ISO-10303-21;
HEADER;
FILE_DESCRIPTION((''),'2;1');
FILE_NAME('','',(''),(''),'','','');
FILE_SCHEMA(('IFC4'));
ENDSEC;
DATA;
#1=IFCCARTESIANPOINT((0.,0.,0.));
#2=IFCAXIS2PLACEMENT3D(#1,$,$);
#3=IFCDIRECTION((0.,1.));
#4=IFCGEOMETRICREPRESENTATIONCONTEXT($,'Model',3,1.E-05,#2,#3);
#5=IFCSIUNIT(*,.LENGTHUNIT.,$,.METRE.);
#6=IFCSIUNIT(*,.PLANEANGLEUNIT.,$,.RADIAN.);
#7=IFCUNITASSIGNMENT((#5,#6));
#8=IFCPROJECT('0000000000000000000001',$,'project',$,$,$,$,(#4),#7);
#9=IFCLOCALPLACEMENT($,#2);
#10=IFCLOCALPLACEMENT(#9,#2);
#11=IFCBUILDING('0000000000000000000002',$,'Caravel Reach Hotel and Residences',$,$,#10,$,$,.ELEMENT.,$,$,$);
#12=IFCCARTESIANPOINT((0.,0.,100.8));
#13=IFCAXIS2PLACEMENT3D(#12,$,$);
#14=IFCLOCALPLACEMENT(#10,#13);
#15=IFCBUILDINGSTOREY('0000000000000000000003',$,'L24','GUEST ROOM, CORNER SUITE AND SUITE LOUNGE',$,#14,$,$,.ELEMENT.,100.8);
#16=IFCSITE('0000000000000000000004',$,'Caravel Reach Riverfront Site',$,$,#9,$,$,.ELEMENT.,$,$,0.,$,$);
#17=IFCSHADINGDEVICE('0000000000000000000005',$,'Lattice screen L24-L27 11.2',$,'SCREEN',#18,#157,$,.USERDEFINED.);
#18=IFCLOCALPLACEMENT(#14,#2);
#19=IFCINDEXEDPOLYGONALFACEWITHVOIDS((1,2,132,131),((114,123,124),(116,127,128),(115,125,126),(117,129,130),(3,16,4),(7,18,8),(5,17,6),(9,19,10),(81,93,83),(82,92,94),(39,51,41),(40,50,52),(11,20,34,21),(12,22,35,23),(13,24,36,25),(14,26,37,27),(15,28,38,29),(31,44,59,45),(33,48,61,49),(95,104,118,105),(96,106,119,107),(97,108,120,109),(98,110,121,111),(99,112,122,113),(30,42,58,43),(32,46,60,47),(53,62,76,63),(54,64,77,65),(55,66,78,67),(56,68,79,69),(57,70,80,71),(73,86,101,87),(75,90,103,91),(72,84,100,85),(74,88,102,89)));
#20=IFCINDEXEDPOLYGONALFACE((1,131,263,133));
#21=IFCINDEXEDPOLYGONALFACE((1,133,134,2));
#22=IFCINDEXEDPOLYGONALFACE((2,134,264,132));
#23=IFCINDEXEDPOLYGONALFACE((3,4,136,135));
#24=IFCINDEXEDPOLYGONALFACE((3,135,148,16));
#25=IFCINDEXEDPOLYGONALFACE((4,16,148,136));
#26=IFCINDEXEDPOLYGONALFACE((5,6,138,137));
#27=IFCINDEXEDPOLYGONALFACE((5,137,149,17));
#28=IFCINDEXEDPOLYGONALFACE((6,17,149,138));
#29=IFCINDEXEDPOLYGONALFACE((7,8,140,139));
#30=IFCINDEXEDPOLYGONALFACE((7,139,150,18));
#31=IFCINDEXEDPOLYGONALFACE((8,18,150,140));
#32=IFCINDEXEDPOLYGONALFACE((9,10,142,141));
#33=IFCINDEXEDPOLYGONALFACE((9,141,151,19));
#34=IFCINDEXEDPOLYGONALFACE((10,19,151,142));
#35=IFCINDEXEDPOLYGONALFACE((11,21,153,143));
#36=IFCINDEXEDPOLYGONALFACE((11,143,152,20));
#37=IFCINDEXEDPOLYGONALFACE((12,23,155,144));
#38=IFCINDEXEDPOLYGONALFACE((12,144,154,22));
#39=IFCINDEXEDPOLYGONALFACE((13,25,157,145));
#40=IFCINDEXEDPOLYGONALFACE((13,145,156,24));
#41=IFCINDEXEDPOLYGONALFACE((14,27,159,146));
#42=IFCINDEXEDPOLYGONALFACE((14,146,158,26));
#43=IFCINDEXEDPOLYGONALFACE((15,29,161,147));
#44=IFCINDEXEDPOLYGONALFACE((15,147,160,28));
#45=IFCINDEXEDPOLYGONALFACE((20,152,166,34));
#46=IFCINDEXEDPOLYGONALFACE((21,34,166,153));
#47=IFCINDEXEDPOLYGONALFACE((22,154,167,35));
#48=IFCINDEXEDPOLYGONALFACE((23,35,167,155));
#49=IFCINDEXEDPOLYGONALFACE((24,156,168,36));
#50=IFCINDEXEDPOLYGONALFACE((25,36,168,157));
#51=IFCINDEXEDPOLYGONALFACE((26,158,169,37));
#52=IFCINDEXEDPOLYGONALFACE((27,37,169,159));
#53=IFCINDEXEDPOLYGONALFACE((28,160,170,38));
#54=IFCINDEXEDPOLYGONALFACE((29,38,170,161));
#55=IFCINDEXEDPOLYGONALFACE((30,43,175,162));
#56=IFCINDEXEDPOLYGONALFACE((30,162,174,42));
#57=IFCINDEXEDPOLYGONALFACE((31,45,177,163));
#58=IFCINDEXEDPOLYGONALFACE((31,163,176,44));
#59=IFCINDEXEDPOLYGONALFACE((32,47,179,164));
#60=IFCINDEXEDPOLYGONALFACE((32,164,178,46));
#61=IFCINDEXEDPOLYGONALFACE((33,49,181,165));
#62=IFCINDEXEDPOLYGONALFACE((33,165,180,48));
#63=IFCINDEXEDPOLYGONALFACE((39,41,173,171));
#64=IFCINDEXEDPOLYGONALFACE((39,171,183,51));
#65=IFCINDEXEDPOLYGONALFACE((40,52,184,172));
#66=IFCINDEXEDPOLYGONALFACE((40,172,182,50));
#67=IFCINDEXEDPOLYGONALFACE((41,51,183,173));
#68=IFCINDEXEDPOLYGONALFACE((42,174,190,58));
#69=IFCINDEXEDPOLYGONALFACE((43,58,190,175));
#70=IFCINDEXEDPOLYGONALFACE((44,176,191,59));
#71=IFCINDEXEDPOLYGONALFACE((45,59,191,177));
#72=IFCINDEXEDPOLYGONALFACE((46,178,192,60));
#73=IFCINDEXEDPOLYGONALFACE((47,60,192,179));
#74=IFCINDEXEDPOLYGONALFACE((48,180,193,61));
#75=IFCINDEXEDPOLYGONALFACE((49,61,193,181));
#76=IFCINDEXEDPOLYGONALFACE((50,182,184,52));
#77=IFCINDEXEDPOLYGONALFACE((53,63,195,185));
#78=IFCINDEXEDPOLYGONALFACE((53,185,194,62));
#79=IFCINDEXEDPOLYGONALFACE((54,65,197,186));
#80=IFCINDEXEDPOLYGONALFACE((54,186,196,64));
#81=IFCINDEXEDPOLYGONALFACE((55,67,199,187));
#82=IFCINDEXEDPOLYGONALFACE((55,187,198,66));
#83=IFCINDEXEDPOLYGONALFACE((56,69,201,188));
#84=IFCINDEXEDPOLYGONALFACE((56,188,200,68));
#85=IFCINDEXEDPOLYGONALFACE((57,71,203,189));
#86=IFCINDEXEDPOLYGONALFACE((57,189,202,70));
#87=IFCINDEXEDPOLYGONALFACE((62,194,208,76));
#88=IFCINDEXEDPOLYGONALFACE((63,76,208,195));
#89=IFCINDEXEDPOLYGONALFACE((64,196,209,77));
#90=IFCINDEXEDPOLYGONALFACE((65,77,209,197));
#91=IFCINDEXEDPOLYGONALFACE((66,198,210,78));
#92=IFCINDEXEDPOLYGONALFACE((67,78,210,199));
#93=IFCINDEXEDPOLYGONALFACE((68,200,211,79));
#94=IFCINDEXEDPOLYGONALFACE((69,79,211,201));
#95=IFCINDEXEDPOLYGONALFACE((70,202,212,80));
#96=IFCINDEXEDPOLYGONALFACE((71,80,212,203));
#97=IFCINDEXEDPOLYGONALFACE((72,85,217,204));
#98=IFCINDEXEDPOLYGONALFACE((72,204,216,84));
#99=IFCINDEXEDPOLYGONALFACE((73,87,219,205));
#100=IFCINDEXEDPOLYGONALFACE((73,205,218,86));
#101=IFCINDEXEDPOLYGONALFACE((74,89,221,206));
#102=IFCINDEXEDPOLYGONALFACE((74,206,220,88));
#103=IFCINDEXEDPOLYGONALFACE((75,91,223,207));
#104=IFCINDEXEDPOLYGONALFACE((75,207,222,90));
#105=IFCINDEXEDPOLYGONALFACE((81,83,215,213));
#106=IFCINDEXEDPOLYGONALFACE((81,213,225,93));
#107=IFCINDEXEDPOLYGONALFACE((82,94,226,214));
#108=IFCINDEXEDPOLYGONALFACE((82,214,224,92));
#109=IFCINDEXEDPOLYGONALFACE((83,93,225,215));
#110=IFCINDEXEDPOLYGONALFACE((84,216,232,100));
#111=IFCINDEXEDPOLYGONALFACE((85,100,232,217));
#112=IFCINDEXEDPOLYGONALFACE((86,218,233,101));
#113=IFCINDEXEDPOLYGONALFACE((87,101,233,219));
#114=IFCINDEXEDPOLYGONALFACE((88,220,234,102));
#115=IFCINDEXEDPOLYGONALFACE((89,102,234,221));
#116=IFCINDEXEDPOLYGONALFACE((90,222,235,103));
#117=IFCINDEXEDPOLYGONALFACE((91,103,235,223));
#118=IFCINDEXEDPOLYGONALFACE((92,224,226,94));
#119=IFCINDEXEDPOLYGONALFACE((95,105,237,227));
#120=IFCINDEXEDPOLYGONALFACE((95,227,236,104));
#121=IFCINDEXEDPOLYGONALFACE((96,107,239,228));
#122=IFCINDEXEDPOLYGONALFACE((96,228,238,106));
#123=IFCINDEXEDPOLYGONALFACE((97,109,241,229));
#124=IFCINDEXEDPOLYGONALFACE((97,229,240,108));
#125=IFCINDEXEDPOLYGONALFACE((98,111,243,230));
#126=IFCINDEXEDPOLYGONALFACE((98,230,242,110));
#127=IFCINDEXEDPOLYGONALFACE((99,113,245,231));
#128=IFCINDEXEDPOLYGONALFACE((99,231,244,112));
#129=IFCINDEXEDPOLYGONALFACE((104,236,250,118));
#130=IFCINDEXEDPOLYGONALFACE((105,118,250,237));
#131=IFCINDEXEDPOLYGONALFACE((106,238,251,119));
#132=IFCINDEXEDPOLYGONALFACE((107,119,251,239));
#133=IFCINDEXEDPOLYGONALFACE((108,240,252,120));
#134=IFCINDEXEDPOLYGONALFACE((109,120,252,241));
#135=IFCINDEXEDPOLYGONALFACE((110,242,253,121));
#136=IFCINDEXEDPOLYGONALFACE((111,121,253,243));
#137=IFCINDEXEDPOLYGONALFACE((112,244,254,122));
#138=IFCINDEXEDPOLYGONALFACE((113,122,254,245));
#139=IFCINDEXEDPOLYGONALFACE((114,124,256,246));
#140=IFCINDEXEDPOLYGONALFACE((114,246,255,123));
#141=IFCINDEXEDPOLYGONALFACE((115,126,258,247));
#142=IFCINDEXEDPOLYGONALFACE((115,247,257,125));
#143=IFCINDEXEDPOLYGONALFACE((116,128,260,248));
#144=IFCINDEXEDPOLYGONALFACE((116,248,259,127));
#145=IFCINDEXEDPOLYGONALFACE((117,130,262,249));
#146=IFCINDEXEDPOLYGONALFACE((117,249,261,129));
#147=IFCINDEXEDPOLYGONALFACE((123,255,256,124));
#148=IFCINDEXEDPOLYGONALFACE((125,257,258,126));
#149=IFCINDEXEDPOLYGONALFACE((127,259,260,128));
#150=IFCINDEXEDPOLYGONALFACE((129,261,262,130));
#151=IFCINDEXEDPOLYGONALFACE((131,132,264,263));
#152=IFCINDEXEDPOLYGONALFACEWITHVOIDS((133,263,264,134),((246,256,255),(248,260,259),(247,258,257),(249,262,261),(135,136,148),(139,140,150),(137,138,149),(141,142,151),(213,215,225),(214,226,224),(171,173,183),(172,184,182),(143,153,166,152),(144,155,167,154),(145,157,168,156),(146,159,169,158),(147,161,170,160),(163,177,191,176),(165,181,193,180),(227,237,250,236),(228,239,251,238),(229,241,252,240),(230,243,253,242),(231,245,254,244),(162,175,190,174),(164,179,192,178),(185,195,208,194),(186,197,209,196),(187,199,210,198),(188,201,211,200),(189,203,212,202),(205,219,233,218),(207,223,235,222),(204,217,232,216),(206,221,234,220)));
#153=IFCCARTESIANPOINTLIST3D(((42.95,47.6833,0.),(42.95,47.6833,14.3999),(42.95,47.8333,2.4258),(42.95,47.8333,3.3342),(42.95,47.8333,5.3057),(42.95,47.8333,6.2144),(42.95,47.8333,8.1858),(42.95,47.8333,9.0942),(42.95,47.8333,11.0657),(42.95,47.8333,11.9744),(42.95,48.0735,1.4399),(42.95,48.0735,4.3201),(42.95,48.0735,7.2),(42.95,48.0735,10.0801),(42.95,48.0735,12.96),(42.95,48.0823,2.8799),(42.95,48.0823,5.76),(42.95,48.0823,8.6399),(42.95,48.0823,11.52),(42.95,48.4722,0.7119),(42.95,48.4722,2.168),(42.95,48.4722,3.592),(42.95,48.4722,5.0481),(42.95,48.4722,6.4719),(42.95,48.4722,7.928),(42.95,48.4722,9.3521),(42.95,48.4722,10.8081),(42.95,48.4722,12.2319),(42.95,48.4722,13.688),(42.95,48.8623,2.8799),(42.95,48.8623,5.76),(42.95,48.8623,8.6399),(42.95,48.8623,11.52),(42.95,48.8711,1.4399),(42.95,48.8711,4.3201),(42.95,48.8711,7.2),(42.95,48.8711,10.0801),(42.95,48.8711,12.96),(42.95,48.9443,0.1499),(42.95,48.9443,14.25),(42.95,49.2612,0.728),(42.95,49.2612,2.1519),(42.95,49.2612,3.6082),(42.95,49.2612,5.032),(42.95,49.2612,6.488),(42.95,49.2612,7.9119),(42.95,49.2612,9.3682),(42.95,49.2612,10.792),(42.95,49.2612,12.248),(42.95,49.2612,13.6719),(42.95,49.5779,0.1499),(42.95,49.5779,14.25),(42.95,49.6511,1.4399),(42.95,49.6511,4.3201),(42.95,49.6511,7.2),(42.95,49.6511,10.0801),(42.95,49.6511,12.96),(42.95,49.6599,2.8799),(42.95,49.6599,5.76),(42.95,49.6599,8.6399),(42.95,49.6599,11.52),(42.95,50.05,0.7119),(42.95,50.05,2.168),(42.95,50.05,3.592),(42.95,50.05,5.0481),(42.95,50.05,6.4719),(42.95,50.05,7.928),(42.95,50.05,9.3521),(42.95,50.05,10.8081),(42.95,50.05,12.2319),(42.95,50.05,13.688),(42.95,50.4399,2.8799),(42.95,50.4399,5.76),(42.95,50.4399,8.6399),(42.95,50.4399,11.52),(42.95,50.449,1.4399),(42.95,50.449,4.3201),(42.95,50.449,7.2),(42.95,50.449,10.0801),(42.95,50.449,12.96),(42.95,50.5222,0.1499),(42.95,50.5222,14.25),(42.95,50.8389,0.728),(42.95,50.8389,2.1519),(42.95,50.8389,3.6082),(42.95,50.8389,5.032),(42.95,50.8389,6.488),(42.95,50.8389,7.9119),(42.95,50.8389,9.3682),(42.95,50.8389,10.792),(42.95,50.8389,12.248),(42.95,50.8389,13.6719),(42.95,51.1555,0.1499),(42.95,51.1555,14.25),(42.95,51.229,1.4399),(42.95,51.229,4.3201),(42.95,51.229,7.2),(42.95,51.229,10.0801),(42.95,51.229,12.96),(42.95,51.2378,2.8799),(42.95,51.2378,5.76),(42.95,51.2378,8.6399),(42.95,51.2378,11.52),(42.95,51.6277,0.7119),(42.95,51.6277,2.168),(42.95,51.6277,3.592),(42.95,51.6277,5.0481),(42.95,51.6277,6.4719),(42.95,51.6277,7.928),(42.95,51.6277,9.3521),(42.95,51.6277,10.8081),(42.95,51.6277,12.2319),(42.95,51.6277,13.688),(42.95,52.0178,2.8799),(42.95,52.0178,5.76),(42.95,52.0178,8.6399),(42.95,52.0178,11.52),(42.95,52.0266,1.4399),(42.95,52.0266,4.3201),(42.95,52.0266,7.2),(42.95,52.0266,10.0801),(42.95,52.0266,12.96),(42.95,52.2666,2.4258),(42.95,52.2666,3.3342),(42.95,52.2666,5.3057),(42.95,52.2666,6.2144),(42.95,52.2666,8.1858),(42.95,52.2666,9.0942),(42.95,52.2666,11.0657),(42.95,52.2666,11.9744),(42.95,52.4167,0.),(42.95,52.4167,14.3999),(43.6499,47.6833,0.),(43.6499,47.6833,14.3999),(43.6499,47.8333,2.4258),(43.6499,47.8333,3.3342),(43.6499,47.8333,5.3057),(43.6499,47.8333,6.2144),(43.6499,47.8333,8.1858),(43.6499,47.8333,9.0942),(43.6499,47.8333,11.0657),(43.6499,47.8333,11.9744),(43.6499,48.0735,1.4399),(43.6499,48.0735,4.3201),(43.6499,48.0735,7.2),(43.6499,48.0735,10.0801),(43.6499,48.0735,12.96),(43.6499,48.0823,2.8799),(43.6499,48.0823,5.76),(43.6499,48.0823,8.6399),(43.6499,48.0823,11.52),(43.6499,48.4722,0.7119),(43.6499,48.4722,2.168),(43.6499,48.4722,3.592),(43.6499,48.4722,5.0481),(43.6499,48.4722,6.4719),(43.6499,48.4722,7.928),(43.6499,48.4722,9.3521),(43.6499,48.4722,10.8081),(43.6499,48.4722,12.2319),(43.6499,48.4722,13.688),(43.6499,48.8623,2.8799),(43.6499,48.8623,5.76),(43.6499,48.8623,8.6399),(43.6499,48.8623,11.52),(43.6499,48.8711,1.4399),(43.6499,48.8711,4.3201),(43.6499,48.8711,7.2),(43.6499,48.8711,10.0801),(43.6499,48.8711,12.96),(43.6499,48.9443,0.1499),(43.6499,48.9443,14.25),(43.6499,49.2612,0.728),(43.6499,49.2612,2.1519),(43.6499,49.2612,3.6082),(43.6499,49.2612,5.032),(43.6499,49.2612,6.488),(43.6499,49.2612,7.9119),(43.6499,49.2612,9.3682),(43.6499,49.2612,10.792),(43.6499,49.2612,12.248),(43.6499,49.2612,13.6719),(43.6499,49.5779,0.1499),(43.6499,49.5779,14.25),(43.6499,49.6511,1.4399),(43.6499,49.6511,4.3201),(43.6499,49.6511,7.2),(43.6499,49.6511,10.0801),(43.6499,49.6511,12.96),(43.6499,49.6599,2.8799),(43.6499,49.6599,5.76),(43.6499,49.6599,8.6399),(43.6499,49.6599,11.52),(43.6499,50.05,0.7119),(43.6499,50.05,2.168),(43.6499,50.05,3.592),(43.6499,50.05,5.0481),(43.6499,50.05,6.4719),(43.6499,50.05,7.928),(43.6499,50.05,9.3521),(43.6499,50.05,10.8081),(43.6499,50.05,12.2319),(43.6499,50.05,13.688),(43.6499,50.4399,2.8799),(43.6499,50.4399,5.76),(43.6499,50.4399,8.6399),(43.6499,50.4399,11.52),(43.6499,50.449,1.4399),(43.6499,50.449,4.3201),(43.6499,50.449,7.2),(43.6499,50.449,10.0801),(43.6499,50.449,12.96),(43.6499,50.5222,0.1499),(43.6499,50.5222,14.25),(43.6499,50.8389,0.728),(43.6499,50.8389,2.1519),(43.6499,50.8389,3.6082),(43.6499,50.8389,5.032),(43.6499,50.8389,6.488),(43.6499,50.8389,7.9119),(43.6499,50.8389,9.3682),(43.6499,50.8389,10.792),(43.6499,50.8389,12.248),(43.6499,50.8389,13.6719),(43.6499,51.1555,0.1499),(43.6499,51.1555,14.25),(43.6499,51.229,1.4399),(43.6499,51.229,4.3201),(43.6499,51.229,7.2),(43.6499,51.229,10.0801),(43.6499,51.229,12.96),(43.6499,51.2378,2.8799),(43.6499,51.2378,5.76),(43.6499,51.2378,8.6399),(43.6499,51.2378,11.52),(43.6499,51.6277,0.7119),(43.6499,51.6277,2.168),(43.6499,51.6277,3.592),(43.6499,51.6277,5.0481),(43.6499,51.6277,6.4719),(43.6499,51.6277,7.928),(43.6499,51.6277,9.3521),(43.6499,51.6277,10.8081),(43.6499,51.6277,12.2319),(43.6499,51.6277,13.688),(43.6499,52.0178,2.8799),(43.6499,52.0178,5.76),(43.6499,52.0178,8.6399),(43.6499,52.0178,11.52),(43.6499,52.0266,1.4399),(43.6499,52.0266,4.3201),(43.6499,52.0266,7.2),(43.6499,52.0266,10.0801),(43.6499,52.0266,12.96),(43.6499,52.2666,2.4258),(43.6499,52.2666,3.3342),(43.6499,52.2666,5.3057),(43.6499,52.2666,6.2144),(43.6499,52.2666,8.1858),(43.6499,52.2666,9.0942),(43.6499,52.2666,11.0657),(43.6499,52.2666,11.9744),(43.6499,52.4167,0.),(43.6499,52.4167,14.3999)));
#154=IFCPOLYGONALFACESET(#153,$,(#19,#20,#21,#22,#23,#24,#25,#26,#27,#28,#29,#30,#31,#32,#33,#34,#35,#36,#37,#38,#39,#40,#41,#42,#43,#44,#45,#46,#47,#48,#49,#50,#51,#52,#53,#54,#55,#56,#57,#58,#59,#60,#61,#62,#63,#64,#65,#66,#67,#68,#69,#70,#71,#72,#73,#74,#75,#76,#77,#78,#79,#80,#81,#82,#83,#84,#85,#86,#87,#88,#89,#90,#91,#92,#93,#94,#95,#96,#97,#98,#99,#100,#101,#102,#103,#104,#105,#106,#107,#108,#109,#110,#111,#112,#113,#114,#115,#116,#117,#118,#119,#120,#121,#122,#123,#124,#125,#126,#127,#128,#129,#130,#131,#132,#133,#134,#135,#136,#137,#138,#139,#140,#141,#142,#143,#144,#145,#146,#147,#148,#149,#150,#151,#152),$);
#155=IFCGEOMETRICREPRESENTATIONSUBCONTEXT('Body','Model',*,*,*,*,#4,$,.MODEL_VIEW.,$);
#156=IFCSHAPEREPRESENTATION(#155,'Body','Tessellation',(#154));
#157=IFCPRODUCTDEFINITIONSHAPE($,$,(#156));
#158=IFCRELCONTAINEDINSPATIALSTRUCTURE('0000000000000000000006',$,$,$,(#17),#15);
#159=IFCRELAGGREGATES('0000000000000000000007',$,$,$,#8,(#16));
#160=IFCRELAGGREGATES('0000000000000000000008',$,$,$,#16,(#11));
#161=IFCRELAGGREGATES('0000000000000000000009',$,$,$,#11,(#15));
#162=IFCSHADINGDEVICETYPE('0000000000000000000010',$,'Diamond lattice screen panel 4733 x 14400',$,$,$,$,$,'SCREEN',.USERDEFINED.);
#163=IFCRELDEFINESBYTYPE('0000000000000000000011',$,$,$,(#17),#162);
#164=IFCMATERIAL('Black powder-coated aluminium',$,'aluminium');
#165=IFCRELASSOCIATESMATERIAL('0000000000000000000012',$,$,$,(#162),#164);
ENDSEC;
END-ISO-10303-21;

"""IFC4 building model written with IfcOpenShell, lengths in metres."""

from ifc_helpers import new_model, si_unit, direction, frame, origin, place, context, subcontext, project, spatial, polyline, outline, extrude, material, type_object, element, save


model = new_model("IFC4")

# Units and contexts
model_context = context("Model", 3, precision=1e-05, world=origin(), true_north=direction((0.0, 1.0)))
body_context = subcontext(model_context, "Body", "Model", "MODEL_VIEW")
ifc_project = project(units=[si_unit("LENGTHUNIT", "METRE"), si_unit("PLANEANGLEUNIT", "RADIAN")], contexts=[model_context])

# Site, building, storey
site_placement = place(None, origin())
site = spatial("IfcSite", under=ifc_project, at=site_placement, Name="Caravel Reach Riverfront Site", CompositionType="ELEMENT", RefElevation=0.0)
building_placement = place(site_placement, origin())
building = spatial("IfcBuilding", under=site, at=building_placement, Name="Caravel Reach Hotel and Residences", CompositionType="ELEMENT")
storey_placement = place(building_placement, frame((0.0, 0.0, 100.8)))
storey = spatial("IfcBuildingStorey", under=building, at=storey_placement, Name="L24", Description="GUEST ROOM, CORNER SUITE AND SUITE LOUNGE", CompositionType="ELEMENT", Elevation=100.8)

# Shading device
ifc_material_1 = material(Name="Black powder-coated aluminium", Category="aluminium")
shading_device_type_1 = type_object("IfcShadingDeviceType", Name="Diamond lattice screen panel 4733 x 14400", ElementType="SCREEN", PredefinedType="USERDEFINED", material=ifc_material_1)
shading_device_1_placement = place(storey_placement, frame((42.95, 47.6833, 0.0), z_axis=(1.0, 0.0, 0.0), x_axis=(0.0, 1.0, 0.0)))
element("IfcShadingDevice", 1, at=shading_device_1_placement, inside=storey, type_object=shading_device_type_1, Name="Lattice screen L24-L27 11.2", ObjectType="SCREEN", PredefinedType="USERDEFINED", context=body_context, shape_type="SweptSolid", body=[
    extrude(outline(polyline([(0.0, 0.0), (4.7334, 0.0), (4.7334, 14.3999), (0.0, 14.3999), (0.0, 0.0)]), holes=[polyline([(0.3989, 2.8799), (0.1499, 3.3342), (0.1499, 2.4258), (0.3989, 2.8799)]), polyline([(0.3989, 5.76), (0.1499, 6.2144), (0.1499, 5.3057), (0.3989, 5.76)]), polyline([(0.3989, 8.6399), (0.1499, 9.0942), (0.1499, 8.1858), (0.3989, 8.6399)]), polyline([(0.3989, 11.52), (0.1499, 11.9744), (0.1499, 11.0657), (0.3989, 11.52)]), polyline([(0.7888, 2.168), (0.3901, 1.4399), (0.7888, 0.7119), (1.1877, 1.4399), (0.7888, 2.168)]), polyline([(0.7888, 5.0481), (0.3901, 4.3201), (0.7888, 3.592), (1.1877, 4.3201), (0.7888, 5.0481)]), polyline([(0.7888, 7.928), (0.3901, 7.2), (0.7888, 6.4719), (1.1877, 7.2), (0.7888, 7.928)]), polyline([(0.7888, 10.8081), (0.3901, 10.0801), (0.7888, 9.3521), (1.1877, 10.0801), (0.7888, 10.8081)]), polyline([(0.7888, 13.688), (0.3901, 12.96), (0.7888, 12.2319), (1.1877, 12.96), (0.7888, 13.688)]), polyline([(1.5779, 0.728), (1.261, 0.1499), (1.8945, 0.1499), (1.5779, 0.728)]), polyline([(1.5779, 3.6082), (1.179, 2.8799), (1.5779, 2.1519), (1.9766, 2.8799), (1.5779, 3.6082)]), polyline([(1.5779, 6.488), (1.179, 5.76), (1.5779, 5.032), (1.9766, 5.76), (1.5779, 6.488)]), polyline([(1.5779, 9.3682), (1.179, 8.6399), (1.5779, 7.9119), (1.9766, 8.6399), (1.5779, 9.3682)]), polyline([(1.5779, 12.248), (1.179, 11.52), (1.5779, 10.792), (1.9766, 11.52), (1.5779, 12.248)]), polyline([(1.5779, 13.6719), (1.8945, 14.25), (1.261, 14.25), (1.5779, 13.6719)]), polyline([(2.3667, 2.168), (1.9678, 1.4399), (2.3667, 0.7119), (2.7656, 1.4399), (2.3667, 2.168)]), polyline([(2.3667, 5.0481), (1.9678, 4.3201), (2.3667, 3.592), (2.7656, 4.3201), (2.3667, 5.0481)]), polyline([(2.3667, 7.928), (1.9678, 7.2), (2.3667, 6.4719), (2.7656, 7.2), (2.3667, 7.928)]), polyline([(2.3667, 10.8081), (1.9678, 10.0801), (2.3667, 9.3521), (2.7656, 10.0801), (2.3667, 10.8081)]), polyline([(2.3667, 13.688), (1.9678, 12.96), (2.3667, 12.2319), (2.7656, 12.96), (2.3667, 13.688)]), polyline([(3.1555, 0.728), (2.8389, 0.1499), (3.4722, 0.1499), (3.1555, 0.728)]), polyline([(3.1555, 3.6082), (2.7566, 2.8799), (3.1555, 2.1519), (3.5544, 2.8799), (3.1555, 3.6082)]), polyline([(3.1555, 6.488), (2.7566, 5.76), (3.1555, 5.032), (3.5544, 5.76), (3.1555, 6.488)]), polyline([(3.1555, 9.3682), (2.7566, 8.6399), (3.1555, 7.9119), (3.5544, 8.6399), (3.1555, 9.3682)]), polyline([(3.1555, 12.248), (2.7566, 11.52), (3.1555, 10.792), (3.5544, 11.52), (3.1555, 12.248)]), polyline([(3.1555, 13.6719), (3.4722, 14.25), (2.8389, 14.25), (3.1555, 13.6719)]), polyline([(3.9443, 2.168), (3.5457, 1.4399), (3.9443, 0.7119), (4.3433, 1.4399), (3.9443, 2.168)]), polyline([(3.9443, 5.0481), (3.5457, 4.3201), (3.9443, 3.592), (4.3433, 4.3201), (3.9443, 5.0481)]), polyline([(3.9443, 7.928), (3.5457, 7.2), (3.9443, 6.4719), (4.3433, 7.2), (3.9443, 7.928)]), polyline([(3.9443, 10.8081), (3.5457, 10.0801), (3.9443, 9.3521), (4.3433, 10.0801), (3.9443, 10.8081)]), polyline([(3.9443, 13.688), (3.5457, 12.96), (3.9443, 12.2319), (4.3433, 12.96), (3.9443, 13.688)]), polyline([(4.3345, 2.8799), (4.5833, 2.4258), (4.5833, 3.3342), (4.3345, 2.8799)]), polyline([(4.3345, 5.76), (4.5833, 5.3057), (4.5833, 6.2144), (4.3345, 5.76)]), polyline([(4.3345, 8.6399), (4.5833, 8.1858), (4.5833, 9.0942), (4.3345, 8.6399)]), polyline([(4.3345, 11.52), (4.5833, 11.0657), (4.5833, 11.9744), (4.3345, 11.52)])]), origin(), (0.0, 0.0, 1.0), 0.7),
])

save(model, "model.ifc")
